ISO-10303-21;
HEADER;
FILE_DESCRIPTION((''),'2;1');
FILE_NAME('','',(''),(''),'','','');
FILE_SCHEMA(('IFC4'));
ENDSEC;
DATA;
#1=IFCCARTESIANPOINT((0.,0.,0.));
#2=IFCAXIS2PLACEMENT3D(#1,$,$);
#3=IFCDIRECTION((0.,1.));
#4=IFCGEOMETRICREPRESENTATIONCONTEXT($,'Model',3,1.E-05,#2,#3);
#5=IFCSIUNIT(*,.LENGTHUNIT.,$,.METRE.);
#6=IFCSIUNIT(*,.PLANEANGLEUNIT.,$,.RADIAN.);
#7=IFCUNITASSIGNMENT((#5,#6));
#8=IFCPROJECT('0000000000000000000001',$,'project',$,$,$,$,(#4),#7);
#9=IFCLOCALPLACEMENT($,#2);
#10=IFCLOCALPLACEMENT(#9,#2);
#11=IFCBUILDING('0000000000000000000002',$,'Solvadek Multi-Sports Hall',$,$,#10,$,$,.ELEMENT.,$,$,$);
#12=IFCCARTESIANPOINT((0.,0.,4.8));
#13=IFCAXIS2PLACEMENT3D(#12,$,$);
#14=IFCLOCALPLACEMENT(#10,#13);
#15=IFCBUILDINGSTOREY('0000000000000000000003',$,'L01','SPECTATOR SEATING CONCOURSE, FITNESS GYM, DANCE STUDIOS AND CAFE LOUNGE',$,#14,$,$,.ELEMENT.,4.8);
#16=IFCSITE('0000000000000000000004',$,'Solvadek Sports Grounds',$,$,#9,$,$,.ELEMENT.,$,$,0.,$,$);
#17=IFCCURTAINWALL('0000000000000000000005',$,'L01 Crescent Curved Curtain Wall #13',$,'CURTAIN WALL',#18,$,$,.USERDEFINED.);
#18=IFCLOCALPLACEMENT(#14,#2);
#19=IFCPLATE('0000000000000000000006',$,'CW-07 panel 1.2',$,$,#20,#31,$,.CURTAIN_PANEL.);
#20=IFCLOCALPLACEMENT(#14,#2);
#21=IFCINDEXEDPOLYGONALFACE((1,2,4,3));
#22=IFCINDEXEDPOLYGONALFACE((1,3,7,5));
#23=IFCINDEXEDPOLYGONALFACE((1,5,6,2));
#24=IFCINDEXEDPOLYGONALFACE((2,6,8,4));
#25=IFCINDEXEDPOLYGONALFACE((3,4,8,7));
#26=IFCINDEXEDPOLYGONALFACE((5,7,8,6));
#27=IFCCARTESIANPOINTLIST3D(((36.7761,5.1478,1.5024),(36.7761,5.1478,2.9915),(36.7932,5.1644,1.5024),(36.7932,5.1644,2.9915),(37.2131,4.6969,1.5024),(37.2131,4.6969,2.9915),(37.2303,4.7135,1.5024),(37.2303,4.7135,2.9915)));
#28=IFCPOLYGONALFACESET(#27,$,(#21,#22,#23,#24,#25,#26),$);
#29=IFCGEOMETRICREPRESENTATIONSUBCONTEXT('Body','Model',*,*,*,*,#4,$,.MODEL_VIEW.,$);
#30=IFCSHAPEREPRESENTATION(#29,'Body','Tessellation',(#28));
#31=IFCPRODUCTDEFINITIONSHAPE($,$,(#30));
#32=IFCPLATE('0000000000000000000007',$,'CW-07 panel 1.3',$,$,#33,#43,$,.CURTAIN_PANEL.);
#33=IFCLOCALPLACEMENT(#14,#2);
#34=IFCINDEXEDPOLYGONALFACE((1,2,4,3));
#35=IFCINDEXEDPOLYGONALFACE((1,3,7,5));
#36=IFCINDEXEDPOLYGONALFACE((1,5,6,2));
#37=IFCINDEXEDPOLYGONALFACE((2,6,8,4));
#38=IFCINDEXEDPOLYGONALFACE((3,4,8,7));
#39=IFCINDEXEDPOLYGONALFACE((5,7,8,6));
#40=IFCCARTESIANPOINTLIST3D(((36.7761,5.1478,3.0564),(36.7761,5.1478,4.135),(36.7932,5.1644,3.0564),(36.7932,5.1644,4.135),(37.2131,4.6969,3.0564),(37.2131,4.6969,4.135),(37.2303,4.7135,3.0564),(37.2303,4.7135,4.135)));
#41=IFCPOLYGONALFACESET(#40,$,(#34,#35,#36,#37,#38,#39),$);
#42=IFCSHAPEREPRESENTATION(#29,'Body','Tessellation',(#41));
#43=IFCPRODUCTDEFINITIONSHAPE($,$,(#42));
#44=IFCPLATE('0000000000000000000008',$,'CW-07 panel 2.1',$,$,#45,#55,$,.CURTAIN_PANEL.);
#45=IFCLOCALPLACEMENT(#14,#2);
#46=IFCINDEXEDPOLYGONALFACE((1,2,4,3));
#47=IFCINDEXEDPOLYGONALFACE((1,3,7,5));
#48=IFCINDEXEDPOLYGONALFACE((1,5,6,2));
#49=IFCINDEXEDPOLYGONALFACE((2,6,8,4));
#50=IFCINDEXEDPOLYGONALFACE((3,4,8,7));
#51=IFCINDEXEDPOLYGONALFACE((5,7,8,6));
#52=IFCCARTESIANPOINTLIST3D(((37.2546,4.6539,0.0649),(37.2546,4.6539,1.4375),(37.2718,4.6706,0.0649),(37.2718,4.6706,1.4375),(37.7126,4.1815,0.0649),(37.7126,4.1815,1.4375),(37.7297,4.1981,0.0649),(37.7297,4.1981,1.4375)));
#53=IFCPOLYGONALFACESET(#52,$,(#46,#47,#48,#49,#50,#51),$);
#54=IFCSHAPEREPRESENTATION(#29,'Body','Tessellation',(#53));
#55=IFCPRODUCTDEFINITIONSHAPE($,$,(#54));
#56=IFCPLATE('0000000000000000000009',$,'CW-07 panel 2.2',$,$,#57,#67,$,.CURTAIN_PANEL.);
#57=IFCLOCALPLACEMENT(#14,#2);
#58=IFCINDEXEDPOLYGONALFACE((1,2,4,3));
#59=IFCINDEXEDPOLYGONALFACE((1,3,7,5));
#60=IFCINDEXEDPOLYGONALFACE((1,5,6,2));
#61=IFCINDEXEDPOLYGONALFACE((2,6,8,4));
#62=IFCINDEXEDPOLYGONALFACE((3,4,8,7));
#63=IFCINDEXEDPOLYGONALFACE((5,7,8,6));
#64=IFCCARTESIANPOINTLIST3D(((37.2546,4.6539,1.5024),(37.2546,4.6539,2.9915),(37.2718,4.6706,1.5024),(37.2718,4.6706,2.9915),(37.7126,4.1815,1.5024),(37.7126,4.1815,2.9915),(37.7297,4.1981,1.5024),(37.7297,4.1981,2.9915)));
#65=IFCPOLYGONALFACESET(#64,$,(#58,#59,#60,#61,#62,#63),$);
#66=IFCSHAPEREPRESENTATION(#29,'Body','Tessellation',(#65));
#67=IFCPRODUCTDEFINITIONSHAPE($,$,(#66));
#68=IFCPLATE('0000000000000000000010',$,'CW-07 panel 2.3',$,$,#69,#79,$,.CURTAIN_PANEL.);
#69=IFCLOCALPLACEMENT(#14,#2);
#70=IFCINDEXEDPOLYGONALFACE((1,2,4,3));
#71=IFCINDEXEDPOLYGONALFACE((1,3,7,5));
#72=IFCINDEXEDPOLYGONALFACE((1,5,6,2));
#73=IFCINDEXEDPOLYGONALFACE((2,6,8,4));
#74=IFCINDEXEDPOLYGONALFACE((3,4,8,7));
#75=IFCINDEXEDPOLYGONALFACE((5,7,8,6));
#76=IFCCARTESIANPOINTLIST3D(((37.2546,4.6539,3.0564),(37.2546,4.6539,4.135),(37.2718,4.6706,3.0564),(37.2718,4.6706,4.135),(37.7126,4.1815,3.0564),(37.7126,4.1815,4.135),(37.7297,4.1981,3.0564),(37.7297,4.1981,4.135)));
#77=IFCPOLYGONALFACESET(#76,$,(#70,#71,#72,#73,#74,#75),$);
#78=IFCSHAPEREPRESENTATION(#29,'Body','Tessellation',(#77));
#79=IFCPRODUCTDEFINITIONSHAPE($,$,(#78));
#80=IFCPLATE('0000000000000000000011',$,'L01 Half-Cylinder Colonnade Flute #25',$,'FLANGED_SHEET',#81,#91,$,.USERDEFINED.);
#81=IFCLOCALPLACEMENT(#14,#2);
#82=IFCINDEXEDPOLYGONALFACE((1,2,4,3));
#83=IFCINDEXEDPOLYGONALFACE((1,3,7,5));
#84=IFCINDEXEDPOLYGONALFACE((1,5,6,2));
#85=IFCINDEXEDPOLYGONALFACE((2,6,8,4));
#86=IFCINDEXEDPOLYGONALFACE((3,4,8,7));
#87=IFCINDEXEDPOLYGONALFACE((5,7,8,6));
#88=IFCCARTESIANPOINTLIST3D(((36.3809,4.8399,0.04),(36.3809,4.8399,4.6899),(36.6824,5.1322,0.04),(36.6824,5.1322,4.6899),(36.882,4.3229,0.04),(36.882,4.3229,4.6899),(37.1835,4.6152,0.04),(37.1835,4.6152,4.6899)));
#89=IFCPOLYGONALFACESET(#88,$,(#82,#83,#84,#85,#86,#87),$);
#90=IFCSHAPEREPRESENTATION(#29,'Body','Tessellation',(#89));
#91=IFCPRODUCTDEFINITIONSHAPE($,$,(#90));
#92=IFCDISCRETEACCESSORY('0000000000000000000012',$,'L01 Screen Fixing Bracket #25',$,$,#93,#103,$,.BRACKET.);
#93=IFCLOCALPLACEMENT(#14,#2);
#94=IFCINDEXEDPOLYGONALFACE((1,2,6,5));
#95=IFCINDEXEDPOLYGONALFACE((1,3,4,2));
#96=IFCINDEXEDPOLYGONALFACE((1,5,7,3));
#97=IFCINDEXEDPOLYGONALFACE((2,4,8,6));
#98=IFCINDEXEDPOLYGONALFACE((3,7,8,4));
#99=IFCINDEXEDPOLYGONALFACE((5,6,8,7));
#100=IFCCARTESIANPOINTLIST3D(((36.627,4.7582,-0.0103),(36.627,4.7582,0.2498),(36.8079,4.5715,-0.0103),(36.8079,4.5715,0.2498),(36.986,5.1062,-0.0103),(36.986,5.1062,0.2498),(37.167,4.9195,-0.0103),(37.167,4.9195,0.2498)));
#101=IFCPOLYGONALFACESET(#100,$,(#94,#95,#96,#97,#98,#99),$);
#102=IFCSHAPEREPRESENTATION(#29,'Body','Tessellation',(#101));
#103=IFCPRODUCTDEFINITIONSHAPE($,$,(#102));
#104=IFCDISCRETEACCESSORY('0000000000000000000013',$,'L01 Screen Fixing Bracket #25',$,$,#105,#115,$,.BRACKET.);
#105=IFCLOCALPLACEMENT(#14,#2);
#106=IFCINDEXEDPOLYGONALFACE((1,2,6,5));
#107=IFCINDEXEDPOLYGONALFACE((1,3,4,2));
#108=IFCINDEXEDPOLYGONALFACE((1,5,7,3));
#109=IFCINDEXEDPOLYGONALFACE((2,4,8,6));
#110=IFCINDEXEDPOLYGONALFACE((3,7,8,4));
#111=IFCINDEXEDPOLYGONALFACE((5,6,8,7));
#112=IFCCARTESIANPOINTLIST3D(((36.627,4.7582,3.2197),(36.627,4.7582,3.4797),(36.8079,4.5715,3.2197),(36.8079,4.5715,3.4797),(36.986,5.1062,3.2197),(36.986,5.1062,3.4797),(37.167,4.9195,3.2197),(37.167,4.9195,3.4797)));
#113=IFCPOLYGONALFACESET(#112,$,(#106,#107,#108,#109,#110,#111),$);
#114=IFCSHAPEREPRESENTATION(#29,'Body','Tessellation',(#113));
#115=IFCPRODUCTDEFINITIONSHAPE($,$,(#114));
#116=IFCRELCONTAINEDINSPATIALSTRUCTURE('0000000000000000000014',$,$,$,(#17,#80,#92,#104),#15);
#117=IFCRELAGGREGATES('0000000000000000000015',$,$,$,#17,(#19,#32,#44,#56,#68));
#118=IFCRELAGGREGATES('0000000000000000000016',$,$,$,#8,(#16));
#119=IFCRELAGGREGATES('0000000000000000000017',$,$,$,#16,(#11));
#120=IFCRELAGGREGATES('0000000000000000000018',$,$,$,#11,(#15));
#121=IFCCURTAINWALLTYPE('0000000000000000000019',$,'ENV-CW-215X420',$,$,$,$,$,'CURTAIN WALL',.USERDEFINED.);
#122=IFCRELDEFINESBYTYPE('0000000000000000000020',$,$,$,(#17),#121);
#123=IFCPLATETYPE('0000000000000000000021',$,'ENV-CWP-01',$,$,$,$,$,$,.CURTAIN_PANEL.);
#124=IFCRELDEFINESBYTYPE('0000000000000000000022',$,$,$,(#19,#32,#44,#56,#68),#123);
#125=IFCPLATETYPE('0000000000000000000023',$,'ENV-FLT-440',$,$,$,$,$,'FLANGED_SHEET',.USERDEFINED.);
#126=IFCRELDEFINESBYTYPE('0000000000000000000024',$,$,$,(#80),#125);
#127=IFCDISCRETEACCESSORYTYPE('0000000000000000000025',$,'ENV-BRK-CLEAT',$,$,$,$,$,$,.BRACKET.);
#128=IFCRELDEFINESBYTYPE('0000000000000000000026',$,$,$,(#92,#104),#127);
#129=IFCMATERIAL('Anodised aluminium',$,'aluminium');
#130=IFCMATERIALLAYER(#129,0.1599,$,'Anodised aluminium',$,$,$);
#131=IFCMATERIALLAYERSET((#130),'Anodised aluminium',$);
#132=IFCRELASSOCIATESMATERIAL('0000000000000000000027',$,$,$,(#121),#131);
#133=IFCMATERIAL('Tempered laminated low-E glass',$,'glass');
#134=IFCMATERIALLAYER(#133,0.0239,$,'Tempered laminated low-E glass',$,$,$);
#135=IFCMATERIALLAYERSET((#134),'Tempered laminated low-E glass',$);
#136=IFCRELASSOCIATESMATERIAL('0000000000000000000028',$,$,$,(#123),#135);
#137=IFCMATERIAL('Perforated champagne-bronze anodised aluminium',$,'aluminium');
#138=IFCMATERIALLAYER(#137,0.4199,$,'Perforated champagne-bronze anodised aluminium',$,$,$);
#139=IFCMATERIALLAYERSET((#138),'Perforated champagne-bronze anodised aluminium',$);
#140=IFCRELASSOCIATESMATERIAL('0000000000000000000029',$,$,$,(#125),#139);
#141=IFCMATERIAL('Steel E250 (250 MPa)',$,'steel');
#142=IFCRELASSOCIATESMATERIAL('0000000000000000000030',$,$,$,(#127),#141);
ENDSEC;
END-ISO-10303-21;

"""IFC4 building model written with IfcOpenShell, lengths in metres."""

from ifc_helpers import new_model, si_unit, direction, frame, origin, origin_2d, place, context, subcontext, project, spatial, rectangle, extrude, material, layer, layer_set, type_object, element, aggregate, save


model = new_model("IFC4")

# Units and contexts
model_context = context("Model", 3, precision=1e-05, world=origin(), true_north=direction((0.0, 1.0)))
body_context = subcontext(model_context, "Body", "Model", "MODEL_VIEW")
ifc_project = project(units=[si_unit("LENGTHUNIT", "METRE"), si_unit("PLANEANGLEUNIT", "RADIAN")], contexts=[model_context])

# Site, building, storey
site_placement = place(None, origin())
site = spatial("IfcSite", under=ifc_project, at=site_placement, Name="Solvadek Sports Grounds", CompositionType="ELEMENT", RefElevation=0.0)
building_placement = place(site_placement, origin())
building = spatial("IfcBuilding", under=site, at=building_placement, Name="Solvadek Multi-Sports Hall", CompositionType="ELEMENT")
storey_placement = place(building_placement, frame((0.0, 0.0, 4.8)))
storey = spatial("IfcBuildingStorey", under=building, at=storey_placement, Name="L01", Description="SPECTATOR SEATING CONCOURSE, FITNESS GYM, DANCE STUDIOS AND CAFE LOUNGE", CompositionType="ELEMENT", Elevation=4.8)

# Shared definitions
ifc_material_1 = material(Name="Anodised aluminium", Category="aluminium")

# Curtain wall
ifc_layer_1 = layer(ifc_material_1, 0.1599, Name="Anodised aluminium")
ifc_layer_set_1 = layer_set([ifc_layer_1], Name="Anodised aluminium")
curtain_wall_type_1 = type_object("IfcCurtainWallType", Name="ENV-CW-215X420", ElementType="CURTAIN WALL", PredefinedType="USERDEFINED", material=ifc_layer_set_1)
curtain_wall_1_placement = place(storey_placement, origin())
curtain_wall_1 = element("IfcCurtainWall", 1, at=curtain_wall_1_placement, inside=storey, type_object=curtain_wall_type_1, Name="L01 Crescent Curved Curtain Wall #13", ObjectType="CURTAIN WALL", PredefinedType="USERDEFINED")

# Shared definitions
ifc_material_2 = material(Name="Steel E250 (250 MPa)", Category="steel")

# Plates
ifc_material_3 = material(Name="Tempered laminated low-E glass", Category="glass")
ifc_layer_2 = layer(ifc_material_3, 0.0239, Name="Tempered laminated low-E glass")
ifc_layer_set_2 = layer_set([ifc_layer_2], Name="Tempered laminated low-E glass")
plate_type_1 = type_object("IfcPlateType", Name="ENV-CWP-01", PredefinedType="CURTAIN_PANEL", material=ifc_layer_set_2)
plate_1_placement = place(storey_placement, frame((37.0032, 4.9307, 1.5024), z_axis=(0.0, 0.0, 1.0), x_axis=(0.695994, -0.718048, 0.0)))
plate_1 = element("IfcPlate", 2, at=plate_1_placement, type_object=plate_type_1, Name="CW-07 panel 1.2", PredefinedType="CURTAIN_PANEL", context=body_context, shape_type="SweptSolid", body=[
    extrude(rectangle(XDim=0.6279, YDim=0.0239, at=origin_2d()), origin(), (0.0, 0.0, 1.0), 1.489),
])
plate_2_placement = place(storey_placement, frame((37.0032, 4.9307, 3.0564), z_axis=(0.0, 0.0, 1.0), x_axis=(0.695994, -0.718048, 0.0)))
plate_2 = element("IfcPlate", 3, at=plate_2_placement, type_object=plate_type_1, Name="CW-07 panel 1.3", PredefinedType="CURTAIN_PANEL", context=body_context, shape_type="SweptSolid", body=[
    extrude(rectangle(XDim=0.6279, YDim=0.0239, at=origin_2d()), origin(), (0.0, 0.0, 1.0), 1.0786),
])
plate_3_placement = place(storey_placement, frame((37.4922, 4.426, 0.0649), z_axis=(0.0, 0.0, 1.0), x_axis=(0.695994, -0.718048, 0.0)))
plate_3 = element("IfcPlate", 4, at=plate_3_placement, type_object=plate_type_1, Name="CW-07 panel 2.1", PredefinedType="CURTAIN_PANEL", context=body_context, shape_type="SweptSolid", body=[
    extrude(rectangle(XDim=0.658, YDim=0.0239, at=origin_2d()), origin(), (0.0, 0.0, 1.0), 1.3726),
])
plate_4_placement = place(storey_placement, frame((37.4922, 4.426, 1.5024), z_axis=(0.0, 0.0, 1.0), x_axis=(0.695994, -0.718048, 0.0)))
plate_4 = element("IfcPlate", 5, at=plate_4_placement, type_object=plate_type_1, Name="CW-07 panel 2.2", PredefinedType="CURTAIN_PANEL", context=body_context, shape_type="SweptSolid", body=[
    extrude(rectangle(XDim=0.658, YDim=0.0239, at=origin_2d()), origin(), (0.0, 0.0, 1.0), 1.489),
])
plate_5_placement = place(storey_placement, frame((37.4922, 4.426, 3.0564), z_axis=(0.0, 0.0, 1.0), x_axis=(0.695994, -0.718048, 0.0)))
plate_5 = element("IfcPlate", 6, at=plate_5_placement, type_object=plate_type_1, Name="CW-07 panel 2.3", PredefinedType="CURTAIN_PANEL", context=body_context, shape_type="SweptSolid", body=[
    extrude(rectangle(XDim=0.658, YDim=0.0239, at=origin_2d()), origin(), (0.0, 0.0, 1.0), 1.0786),
])
aggregate(curtain_wall_1, [plate_1, plate_2, plate_3, plate_4, plate_5])
ifc_material_4 = material(Name="Perforated champagne-bronze anodised aluminium", Category="aluminium")
ifc_layer_3 = layer(ifc_material_4, 0.4199, Name="Perforated champagne-bronze anodised aluminium")
ifc_layer_set_3 = layer_set([ifc_layer_3], Name="Perforated champagne-bronze anodised aluminium")
plate_type_2 = type_object("IfcPlateType", Name="ENV-FLT-440", ElementType="FLANGED_SHEET", PredefinedType="USERDEFINED", material=ifc_layer_set_3)
plate_6_placement = place(storey_placement, frame((36.7822, 4.7275, 0.04), z_axis=(0.0, 0.0, 1.0), x_axis=(0.696005, -0.718037, 0.0)))
element("IfcPlate", 7, at=plate_6_placement, inside=storey, type_object=plate_type_2, Name="L01 Half-Cylinder Colonnade Flute #25", ObjectType="FLANGED_SHEET", PredefinedType="USERDEFINED", context=body_context, shape_type="SweptSolid", body=[
    extrude(rectangle(XDim=0.72, YDim=0.4199, at=origin_2d()), origin(), (0.0, 0.0, 1.0), 4.6499),
])

# Discrete accessories
discrete_accessory_type = type_object("IfcDiscreteAccessoryType", Name="ENV-BRK-CLEAT", PredefinedType="BRACKET", material=ifc_material_2)
for number, where, z_axis, x_axis, name in (
    (8, (36.897, 4.8389, -0.0103), (0.0, 0.0, 1.0), (0.696005, -0.718037, 0.0), "L01 Screen Fixing Bracket #25"),
    (9, (36.897, 4.8389, 3.2197), (0.0, 0.0, 1.0), (0.696005, -0.718037, 0.0), "L01 Screen Fixing Bracket #25"),
):
    element("IfcDiscreteAccessory", number, at=place(storey_placement, frame(where, z_axis=z_axis, x_axis=x_axis)), inside=storey, type_object=discrete_accessory_type, Name=name, PredefinedType="BRACKET", context=body_context, shape_type="SweptSolid", body=[
        extrude(rectangle(XDim=0.26, YDim=0.5, at=origin_2d()), origin(), (0.0, 0.0, 1.0), 0.26),
    ])

save(model, "model.ifc")
